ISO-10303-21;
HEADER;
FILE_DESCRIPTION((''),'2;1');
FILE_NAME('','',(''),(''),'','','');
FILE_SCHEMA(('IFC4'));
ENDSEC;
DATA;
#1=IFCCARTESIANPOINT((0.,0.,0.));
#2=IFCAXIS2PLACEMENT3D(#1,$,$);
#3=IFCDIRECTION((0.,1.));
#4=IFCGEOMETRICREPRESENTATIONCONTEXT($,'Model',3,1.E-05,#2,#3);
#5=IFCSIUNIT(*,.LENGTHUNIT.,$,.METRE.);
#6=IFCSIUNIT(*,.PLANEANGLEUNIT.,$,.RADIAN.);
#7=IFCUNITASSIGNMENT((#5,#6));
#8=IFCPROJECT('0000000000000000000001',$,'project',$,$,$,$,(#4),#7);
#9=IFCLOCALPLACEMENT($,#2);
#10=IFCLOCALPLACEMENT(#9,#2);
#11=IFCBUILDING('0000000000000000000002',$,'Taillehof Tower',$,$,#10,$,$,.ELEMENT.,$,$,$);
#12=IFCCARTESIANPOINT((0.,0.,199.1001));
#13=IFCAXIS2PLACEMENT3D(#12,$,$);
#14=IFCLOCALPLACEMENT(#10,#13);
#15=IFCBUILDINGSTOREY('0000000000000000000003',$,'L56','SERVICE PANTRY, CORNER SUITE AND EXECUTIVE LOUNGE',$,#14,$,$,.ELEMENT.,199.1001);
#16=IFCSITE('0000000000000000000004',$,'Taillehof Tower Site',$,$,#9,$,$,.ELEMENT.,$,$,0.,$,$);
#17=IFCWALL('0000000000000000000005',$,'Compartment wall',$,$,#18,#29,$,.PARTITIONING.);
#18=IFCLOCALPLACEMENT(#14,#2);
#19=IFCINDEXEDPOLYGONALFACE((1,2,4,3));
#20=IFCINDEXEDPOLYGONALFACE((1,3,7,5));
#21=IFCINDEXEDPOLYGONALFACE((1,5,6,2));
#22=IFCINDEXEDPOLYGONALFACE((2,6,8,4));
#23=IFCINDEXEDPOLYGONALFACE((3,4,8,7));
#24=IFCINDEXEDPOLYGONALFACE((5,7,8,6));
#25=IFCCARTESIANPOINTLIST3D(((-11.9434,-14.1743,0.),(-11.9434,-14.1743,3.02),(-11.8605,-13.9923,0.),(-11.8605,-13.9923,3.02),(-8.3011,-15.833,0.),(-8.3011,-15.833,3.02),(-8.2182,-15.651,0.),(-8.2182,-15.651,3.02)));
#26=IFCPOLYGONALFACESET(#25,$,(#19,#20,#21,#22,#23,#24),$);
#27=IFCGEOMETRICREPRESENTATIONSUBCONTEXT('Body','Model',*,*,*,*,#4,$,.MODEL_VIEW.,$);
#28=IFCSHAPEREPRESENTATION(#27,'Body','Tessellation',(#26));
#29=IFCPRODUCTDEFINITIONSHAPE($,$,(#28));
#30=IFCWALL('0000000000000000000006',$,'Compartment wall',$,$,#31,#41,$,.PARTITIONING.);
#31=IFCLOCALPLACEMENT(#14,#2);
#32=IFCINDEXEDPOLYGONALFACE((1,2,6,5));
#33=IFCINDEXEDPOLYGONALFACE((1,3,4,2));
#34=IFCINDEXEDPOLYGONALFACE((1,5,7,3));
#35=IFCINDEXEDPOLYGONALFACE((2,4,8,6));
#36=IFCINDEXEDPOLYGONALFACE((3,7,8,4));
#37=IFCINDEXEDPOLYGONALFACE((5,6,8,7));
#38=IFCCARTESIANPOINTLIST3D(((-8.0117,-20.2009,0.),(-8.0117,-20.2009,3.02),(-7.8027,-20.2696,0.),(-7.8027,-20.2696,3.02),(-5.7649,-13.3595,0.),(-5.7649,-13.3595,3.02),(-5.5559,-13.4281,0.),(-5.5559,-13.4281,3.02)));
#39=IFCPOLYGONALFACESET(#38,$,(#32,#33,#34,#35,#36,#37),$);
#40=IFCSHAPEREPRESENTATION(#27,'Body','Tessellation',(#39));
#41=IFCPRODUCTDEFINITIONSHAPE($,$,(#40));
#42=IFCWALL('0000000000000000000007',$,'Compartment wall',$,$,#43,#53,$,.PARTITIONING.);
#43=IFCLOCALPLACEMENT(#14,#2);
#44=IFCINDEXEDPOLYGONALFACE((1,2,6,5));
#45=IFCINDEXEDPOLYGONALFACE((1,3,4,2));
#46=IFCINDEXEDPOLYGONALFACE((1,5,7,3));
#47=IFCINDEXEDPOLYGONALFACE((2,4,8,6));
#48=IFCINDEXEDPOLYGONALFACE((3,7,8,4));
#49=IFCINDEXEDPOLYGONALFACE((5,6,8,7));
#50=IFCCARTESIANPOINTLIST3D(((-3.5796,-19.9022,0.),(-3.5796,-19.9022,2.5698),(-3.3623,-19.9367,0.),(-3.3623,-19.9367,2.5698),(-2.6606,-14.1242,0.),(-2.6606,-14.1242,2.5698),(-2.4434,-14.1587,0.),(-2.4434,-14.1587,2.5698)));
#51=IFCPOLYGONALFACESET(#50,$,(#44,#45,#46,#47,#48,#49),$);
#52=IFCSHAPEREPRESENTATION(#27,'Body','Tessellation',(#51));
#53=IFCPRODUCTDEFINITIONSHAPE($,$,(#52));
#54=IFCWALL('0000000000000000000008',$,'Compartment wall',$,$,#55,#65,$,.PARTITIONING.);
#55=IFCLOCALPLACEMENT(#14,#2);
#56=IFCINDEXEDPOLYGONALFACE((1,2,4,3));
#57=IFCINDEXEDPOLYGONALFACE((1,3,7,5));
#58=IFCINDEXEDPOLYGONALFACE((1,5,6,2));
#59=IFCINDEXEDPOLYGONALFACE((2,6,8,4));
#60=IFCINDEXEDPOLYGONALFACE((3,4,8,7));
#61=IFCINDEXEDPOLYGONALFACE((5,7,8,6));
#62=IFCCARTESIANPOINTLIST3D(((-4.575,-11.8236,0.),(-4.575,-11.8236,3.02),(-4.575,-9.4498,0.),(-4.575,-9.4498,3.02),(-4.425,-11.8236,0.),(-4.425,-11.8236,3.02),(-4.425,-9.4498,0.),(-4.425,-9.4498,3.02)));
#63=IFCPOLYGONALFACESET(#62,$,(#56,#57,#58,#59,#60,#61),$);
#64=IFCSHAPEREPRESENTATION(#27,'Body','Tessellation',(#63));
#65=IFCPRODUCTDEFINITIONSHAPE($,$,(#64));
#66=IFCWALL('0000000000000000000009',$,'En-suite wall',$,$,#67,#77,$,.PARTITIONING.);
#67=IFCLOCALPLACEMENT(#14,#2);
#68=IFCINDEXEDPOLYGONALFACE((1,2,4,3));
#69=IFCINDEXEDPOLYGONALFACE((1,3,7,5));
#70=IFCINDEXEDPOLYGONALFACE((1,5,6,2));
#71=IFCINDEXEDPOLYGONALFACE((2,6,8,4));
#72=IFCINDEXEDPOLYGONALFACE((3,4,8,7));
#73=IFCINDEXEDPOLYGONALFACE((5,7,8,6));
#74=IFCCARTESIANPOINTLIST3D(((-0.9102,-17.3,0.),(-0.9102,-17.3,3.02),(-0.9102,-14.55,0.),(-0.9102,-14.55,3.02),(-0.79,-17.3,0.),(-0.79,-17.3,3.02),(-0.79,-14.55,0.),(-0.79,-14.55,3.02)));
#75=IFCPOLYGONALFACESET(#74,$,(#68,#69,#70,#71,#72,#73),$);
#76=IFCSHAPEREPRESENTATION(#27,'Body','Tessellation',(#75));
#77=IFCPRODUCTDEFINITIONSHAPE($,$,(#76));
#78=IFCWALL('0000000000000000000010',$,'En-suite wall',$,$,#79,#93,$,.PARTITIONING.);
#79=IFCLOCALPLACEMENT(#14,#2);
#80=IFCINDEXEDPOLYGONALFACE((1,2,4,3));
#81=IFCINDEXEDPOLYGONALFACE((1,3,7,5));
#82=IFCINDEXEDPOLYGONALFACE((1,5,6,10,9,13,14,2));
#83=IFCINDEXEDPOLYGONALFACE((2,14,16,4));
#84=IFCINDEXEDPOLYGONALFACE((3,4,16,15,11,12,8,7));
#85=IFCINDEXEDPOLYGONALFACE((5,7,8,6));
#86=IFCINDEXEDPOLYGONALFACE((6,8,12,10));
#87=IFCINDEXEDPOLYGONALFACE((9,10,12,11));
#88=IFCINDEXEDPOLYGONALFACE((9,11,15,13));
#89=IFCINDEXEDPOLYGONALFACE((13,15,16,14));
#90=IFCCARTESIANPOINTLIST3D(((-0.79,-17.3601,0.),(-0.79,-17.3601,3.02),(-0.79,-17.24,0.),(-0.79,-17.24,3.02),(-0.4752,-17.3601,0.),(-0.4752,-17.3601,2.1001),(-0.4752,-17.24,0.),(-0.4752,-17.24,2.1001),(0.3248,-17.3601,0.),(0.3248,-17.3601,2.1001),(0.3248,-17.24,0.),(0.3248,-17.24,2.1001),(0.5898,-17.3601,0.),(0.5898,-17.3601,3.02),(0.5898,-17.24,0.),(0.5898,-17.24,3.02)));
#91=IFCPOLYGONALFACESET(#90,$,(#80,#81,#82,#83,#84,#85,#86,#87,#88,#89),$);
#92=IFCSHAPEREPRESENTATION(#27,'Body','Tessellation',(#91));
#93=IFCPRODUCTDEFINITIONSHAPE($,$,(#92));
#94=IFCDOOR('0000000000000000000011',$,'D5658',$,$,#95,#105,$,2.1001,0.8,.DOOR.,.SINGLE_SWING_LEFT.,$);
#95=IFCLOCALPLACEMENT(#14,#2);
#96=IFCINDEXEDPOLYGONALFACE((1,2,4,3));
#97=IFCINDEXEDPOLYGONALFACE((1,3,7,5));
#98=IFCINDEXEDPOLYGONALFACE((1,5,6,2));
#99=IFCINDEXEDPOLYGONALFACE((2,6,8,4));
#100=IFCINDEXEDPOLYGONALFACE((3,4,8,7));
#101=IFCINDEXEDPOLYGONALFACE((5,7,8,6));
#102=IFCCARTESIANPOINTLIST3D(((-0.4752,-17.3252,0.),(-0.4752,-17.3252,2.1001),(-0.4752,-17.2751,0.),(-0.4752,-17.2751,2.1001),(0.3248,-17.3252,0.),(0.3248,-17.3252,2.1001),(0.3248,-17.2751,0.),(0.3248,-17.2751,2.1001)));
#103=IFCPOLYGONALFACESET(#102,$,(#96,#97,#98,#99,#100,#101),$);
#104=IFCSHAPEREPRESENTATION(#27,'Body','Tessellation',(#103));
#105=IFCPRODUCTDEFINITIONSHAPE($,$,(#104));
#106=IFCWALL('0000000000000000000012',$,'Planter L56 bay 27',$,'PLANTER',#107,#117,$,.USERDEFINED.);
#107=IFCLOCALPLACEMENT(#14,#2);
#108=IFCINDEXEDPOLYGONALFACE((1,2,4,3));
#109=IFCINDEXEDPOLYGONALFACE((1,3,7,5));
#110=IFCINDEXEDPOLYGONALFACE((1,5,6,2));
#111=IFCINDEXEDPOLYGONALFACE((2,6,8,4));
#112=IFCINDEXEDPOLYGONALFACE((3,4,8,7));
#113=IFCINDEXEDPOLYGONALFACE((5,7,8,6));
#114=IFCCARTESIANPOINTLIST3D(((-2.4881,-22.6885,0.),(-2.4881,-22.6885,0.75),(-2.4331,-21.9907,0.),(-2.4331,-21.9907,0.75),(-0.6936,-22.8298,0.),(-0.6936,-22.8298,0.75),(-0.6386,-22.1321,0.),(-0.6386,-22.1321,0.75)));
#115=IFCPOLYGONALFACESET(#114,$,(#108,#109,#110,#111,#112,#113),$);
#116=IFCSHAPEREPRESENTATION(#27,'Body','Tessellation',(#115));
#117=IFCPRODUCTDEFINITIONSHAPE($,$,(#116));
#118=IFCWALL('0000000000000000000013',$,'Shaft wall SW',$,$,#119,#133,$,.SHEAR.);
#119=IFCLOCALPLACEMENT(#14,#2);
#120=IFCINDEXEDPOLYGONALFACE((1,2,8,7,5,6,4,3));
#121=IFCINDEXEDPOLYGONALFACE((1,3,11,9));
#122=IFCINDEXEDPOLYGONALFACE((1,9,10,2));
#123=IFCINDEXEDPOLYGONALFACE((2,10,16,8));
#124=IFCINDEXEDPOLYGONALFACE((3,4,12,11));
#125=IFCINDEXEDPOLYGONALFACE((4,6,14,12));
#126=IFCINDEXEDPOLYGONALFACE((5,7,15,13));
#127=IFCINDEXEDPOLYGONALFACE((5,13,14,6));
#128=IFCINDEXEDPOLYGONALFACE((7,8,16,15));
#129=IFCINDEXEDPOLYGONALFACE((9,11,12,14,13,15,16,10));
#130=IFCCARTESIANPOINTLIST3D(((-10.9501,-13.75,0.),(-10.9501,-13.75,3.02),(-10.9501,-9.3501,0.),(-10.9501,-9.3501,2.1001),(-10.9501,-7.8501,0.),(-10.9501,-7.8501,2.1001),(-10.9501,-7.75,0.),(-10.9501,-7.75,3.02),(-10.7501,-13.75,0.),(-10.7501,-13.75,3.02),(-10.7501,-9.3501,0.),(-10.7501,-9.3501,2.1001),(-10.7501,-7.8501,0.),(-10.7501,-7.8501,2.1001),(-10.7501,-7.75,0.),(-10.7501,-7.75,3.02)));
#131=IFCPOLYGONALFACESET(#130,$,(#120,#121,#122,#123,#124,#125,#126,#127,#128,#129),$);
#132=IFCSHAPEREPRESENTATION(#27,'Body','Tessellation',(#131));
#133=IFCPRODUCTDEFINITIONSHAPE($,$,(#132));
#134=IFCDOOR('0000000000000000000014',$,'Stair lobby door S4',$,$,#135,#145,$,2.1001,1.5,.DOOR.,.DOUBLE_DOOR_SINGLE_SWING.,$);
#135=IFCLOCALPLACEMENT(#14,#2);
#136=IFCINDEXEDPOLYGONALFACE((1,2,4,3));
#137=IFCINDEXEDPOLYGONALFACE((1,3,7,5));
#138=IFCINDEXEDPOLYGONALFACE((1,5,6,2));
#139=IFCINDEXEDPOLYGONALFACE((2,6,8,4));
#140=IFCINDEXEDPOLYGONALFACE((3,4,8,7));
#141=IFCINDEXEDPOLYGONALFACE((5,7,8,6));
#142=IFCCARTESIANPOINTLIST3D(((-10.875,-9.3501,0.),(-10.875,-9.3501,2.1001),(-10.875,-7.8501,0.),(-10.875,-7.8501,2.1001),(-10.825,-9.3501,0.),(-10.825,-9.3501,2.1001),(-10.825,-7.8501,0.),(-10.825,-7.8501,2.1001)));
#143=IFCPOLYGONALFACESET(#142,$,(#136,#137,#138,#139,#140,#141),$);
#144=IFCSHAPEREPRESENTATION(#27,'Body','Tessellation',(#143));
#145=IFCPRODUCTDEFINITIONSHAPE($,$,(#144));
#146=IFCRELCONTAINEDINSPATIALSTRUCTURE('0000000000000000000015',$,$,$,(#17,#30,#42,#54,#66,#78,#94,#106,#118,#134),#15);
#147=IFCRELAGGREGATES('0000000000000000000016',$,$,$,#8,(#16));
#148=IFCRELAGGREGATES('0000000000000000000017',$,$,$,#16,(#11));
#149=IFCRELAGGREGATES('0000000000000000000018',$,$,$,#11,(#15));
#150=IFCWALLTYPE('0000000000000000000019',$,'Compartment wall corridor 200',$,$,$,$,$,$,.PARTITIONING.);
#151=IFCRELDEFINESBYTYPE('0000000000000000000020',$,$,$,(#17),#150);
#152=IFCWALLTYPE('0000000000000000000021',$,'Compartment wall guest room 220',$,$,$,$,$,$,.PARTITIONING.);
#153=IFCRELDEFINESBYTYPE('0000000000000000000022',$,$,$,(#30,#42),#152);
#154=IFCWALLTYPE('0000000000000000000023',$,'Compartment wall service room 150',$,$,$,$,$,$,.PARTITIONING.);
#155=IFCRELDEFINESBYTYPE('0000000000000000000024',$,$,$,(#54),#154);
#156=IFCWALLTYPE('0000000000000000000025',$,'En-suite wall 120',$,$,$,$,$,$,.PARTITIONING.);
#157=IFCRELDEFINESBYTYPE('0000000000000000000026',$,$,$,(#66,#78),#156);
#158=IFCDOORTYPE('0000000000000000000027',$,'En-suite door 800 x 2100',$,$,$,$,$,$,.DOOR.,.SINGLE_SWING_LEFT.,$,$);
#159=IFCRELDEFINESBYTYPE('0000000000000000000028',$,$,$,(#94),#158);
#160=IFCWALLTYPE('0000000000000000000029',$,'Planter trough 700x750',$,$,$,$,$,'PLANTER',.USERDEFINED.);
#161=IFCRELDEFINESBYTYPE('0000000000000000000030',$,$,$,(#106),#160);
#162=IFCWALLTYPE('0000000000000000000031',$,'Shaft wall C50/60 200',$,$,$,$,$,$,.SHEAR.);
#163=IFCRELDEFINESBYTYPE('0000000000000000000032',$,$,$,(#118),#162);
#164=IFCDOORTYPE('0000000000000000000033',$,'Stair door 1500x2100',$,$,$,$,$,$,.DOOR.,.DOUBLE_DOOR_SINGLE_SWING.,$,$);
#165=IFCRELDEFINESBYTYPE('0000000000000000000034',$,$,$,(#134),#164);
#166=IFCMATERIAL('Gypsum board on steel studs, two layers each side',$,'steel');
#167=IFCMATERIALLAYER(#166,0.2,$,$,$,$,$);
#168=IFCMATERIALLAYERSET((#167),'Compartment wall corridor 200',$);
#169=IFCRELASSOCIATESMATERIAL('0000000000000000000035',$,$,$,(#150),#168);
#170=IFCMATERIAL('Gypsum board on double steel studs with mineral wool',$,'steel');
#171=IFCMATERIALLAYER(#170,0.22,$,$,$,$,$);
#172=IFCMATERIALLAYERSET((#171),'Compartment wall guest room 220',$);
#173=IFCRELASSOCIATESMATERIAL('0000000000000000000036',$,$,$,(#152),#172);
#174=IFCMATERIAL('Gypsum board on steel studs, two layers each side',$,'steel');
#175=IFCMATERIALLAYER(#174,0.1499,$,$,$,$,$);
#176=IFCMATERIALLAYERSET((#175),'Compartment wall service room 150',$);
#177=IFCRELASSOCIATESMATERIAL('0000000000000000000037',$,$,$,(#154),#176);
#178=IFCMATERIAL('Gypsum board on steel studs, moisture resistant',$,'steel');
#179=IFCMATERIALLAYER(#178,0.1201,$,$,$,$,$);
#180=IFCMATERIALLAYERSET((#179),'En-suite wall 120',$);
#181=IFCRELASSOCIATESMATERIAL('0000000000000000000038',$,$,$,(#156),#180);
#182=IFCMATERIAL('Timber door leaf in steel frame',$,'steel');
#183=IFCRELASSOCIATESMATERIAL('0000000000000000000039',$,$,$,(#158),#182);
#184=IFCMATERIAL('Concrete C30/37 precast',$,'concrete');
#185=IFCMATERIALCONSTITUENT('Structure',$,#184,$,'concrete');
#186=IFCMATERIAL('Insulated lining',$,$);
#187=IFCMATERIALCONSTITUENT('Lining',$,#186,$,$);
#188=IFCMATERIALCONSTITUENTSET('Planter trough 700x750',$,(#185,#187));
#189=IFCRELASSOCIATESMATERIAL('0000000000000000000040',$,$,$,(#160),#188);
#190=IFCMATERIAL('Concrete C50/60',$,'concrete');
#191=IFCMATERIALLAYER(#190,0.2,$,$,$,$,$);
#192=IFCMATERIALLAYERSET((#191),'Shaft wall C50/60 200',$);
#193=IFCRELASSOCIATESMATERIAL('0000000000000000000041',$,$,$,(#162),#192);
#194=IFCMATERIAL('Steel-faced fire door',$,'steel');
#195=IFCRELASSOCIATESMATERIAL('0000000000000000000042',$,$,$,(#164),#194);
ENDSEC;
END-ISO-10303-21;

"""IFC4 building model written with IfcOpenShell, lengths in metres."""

from ifc_helpers import new_model, si_unit, direction, frame, frame_2d, origin, place, context, subcontext, project, spatial, rectangle, extrude, material, layer, layer_set, constituent, constituent_set, type_object, element, fill, save


model = new_model("IFC4")

# Units and contexts
model_context = context("Model", 3, precision=1e-05, world=origin(), true_north=direction((0.0, 1.0)))
body_context = subcontext(model_context, "Body", "Model", "MODEL_VIEW")
ifc_project = project(units=[si_unit("LENGTHUNIT", "METRE"), si_unit("PLANEANGLEUNIT", "RADIAN")], contexts=[model_context])

# Site, building, storey
site_placement = place(None, origin())
site = spatial("IfcSite", under=ifc_project, at=site_placement, Name="Taillehof Tower Site", CompositionType="ELEMENT", RefElevation=0.0)
building_placement = place(site_placement, origin())
building = spatial("IfcBuilding", under=site, at=building_placement, Name="Taillehof Tower", CompositionType="ELEMENT")
storey_placement = place(building_placement, frame((0.0, 0.0, 199.1001)))
storey = spatial("IfcBuildingStorey", under=building, at=storey_placement, Name="L56", Description="SERVICE PANTRY, CORNER SUITE AND EXECUTIVE LOUNGE", CompositionType="ELEMENT", Elevation=199.1001)

# Walls
ifc_material_1 = material(Name="Gypsum board on steel studs, two layers each side", Category="steel")
ifc_layer_1 = layer(ifc_material_1, 0.2)
ifc_layer_set_1 = layer_set([ifc_layer_1], Name="Compartment wall corridor 200")
wall_type_1 = type_object("IfcWallType", Name="Compartment wall corridor 200", PredefinedType="PARTITIONING", material=ifc_layer_set_1)
wall_1_placement = place(storey_placement, frame((-8.2598, -15.7419, 0.0), z_axis=(0.0, 0.0, 1.0), x_axis=(-0.910076, 0.414442, 0.0)))
element("IfcWall", 1, at=wall_1_placement, inside=storey, type_object=wall_type_1, Name="Compartment wall", PredefinedType="PARTITIONING", context=body_context, shape_type="SweptSolid", body=[
    extrude(rectangle(XDim=4.0022, YDim=0.2, at=frame_2d((2.001, 0.0))), origin(), (0.0, 0.0, 1.0), 3.02),
])
ifc_material_2 = material(Name="Gypsum board on double steel studs with mineral wool", Category="steel")
ifc_layer_2 = layer(ifc_material_2, 0.22)
ifc_layer_set_2 = layer_set([ifc_layer_2], Name="Compartment wall guest room 220")
wall_type_2 = type_object("IfcWallType", Name="Compartment wall guest room 220", PredefinedType="PARTITIONING", material=ifc_layer_set_2)
wall_2_placement = place(storey_placement, frame((-7.9072, -20.2354, 0.0), z_axis=(0.0, 0.0, 1.0), x_axis=(0.312014, 0.950078, 0.0)))
element("IfcWall", 2, at=wall_2_placement, inside=storey, type_object=wall_type_2, Name="Compartment wall", PredefinedType="PARTITIONING", context=body_context, shape_type="SweptSolid", body=[
    extrude(rectangle(XDim=7.2009, YDim=0.22, at=frame_2d((3.6006, 0.0))), origin(), (0.0, 0.0, 1.0), 3.02),
])
wall_3_placement = place(storey_placement, frame((-3.4709, -19.9194, 0.0), z_axis=(0.0, 0.0, 1.0), x_axis=(0.157066, 0.987588, 0.0)))
element("IfcWall", 3, at=wall_3_placement, inside=storey, type_object=wall_type_2, Name="Compartment wall", PredefinedType="PARTITIONING", context=body_context, shape_type="SweptSolid", body=[
    extrude(rectangle(XDim=5.8506, YDim=0.22, at=frame_2d((2.9253, 0.0))), origin(), (0.0, 0.0, 1.0), 2.5698),
])
ifc_material_3 = material(Name="Gypsum board on steel studs, two layers each side", Category="steel")
ifc_layer_3 = layer(ifc_material_3, 0.1499)
ifc_layer_set_3 = layer_set([ifc_layer_3], Name="Compartment wall service room 150")
wall_type_3 = type_object("IfcWallType", Name="Compartment wall service room 150", PredefinedType="PARTITIONING", material=ifc_layer_set_3)
wall_4_placement = place(storey_placement, frame((-4.5, -11.8237, 0.0), z_axis=(0.0, 0.0, 1.0), x_axis=(0.0, 1.0, 0.0)))
element("IfcWall", 4, at=wall_4_placement, inside=storey, type_object=wall_type_3, Name="Compartment wall", PredefinedType="PARTITIONING", context=body_context, shape_type="SweptSolid", body=[
    extrude(rectangle(XDim=2.3738, YDim=0.1499, at=frame_2d((1.187, 0.0))), origin(), (0.0, 0.0, 1.0), 3.02),
])
ifc_material_4 = material(Name="Gypsum board on steel studs, moisture resistant", Category="steel")
ifc_layer_4 = layer(ifc_material_4, 0.1201)
ifc_layer_set_4 = layer_set([ifc_layer_4], Name="En-suite wall 120")
wall_type_4 = type_object("IfcWallType", Name="En-suite wall 120", PredefinedType="PARTITIONING", material=ifc_layer_set_4)
wall_5_placement = place(storey_placement, frame((-0.8501, -14.55, 0.0), z_axis=(0.0, 0.0, 1.0), x_axis=(0.0, -1.0, 0.0)))
element("IfcWall", 5, at=wall_5_placement, inside=storey, type_object=wall_type_4, Name="En-suite wall", PredefinedType="PARTITIONING", context=body_context, shape_type="SweptSolid", body=[
    extrude(rectangle(XDim=2.75, YDim=0.1201, at=frame_2d((1.375, 0.0))), origin(), (0.0, 0.0, 1.0), 3.02),
])

# Wall, opening, door
wall_6_placement = place(storey_placement, frame((-0.79, -17.3, 0.0), z_axis=(0.0, 0.0, 1.0), x_axis=(1.0, 0.0, 0.0)))
wall_6 = element("IfcWall", 6, at=wall_6_placement, inside=storey, type_object=wall_type_4, Name="En-suite wall", PredefinedType="PARTITIONING", context=body_context, shape_type="SweptSolid", body=[
    extrude(rectangle(XDim=1.3799, YDim=0.1201, at=frame_2d((0.6899, 0.0))), origin(), (0.0, 0.0, 1.0), 3.02),
])
opening_1_placement = place(wall_6_placement, frame((0.3149, 0.0, 0.0)))
opening_1 = element("IfcOpeningElement", 7, at=opening_1_placement, cuts=wall_6, PredefinedType="OPENING", context=body_context, shape_type="SweptSolid", body=[
    extrude(rectangle(XDim=0.8, YDim=2.1001, at=frame_2d((0.3999, 1.05))), frame((0.0, 0.0701, 0.0), z_axis=(0.0, -1.0, 0.0), x_axis=(1.0, 0.0, 0.0)), (0.0, 0.0, 1.0), 0.1401),
])
ifc_material_5 = material(Name="Timber door leaf in steel frame", Category="steel")
door_type_1 = type_object("IfcDoorType", Name="En-suite door 800 x 2100", OperationType="SINGLE_SWING_LEFT", PredefinedType="DOOR", material=ifc_material_5)
door_1_placement = place(opening_1_placement, origin())
door_1 = element("IfcDoor", 8, at=door_1_placement, inside=storey, type_object=door_type_1, Name="D5658", OperationType="SINGLE_SWING_LEFT", OverallHeight=2.1001, OverallWidth=0.8, PredefinedType="DOOR", context=body_context, shape_type="SweptSolid", body=[
    extrude(rectangle(XDim=0.8, YDim=2.1001, at=frame_2d((0.3999, 1.05))), frame((0.0, 0.0249, 0.0), z_axis=(0.0, -1.0, 0.0), x_axis=(1.0, 0.0, 0.0)), (0.0, 0.0, 1.0), 0.05),
])
fill(opening_1, door_1)

# Wall
ifc_material_6 = material(Name="Concrete C30/37 precast", Category="concrete")
ifc_constituent_1 = constituent(ifc_material_6, Name="Structure", Category="concrete")
ifc_material_7 = material(Name="Insulated lining")
ifc_constituent_2 = constituent(ifc_material_7, Name="Lining")
ifc_constituent_set = constituent_set(constituents=[ifc_constituent_1, ifc_constituent_2], Name="Planter trough 700x750")
wall_type_5 = type_object("IfcWallType", Name="Planter trough 700x750", ElementType="PLANTER", PredefinedType="USERDEFINED", material=ifc_constituent_set)
wall_7_placement = place(storey_placement, frame((-2.4604, -22.3396, 0.0), z_axis=(0.0, 0.0, 1.0), x_axis=(0.996912, -0.078532, 0.0)))
element("IfcWall", 9, at=wall_7_placement, inside=storey, type_object=wall_type_5, Name="Planter L56 bay 27", ObjectType="PLANTER", PredefinedType="USERDEFINED", context=body_context, shape_type="SweptSolid", body=[
    extrude(rectangle(XDim=1.8, YDim=0.7, at=frame_2d((0.8999, 0.0))), origin(), (0.0, 0.0, 1.0), 0.75),
])

# Wall, opening, door
ifc_material_8 = material(Name="Concrete C50/60", Category="concrete")
ifc_layer_5 = layer(ifc_material_8, 0.2)
ifc_layer_set_5 = layer_set([ifc_layer_5], Name="Shaft wall C50/60 200")
wall_type_6 = type_object("IfcWallType", Name="Shaft wall C50/60 200", PredefinedType="SHEAR", material=ifc_layer_set_5)
wall_8_placement = place(storey_placement, frame((-10.8501, -13.75, 0.0), z_axis=(0.0, 0.0, 1.0), x_axis=(0.0, 1.0, 0.0)))
wall_8 = element("IfcWall", 10, at=wall_8_placement, inside=storey, type_object=wall_type_6, Name="Shaft wall SW", PredefinedType="SHEAR", context=body_context, shape_type="SweptSolid", body=[
    extrude(rectangle(XDim=6.0, YDim=0.2, at=frame_2d((3.0, 0.0))), origin(), (0.0, 0.0, 1.0), 3.02),
])
opening_2_placement = place(wall_8_placement, frame((4.3999, 0.0, 0.0)))
opening_2 = element("IfcOpeningElement", 11, at=opening_2_placement, cuts=wall_8, PredefinedType="OPENING", context=body_context, shape_type="SweptSolid", body=[
    extrude(rectangle(XDim=1.5, YDim=2.1001, at=frame_2d((0.75, 1.05))), frame((0.0, 0.1099, 0.0), z_axis=(0.0, -1.0, 0.0), x_axis=(1.0, 0.0, 0.0)), (0.0, 0.0, 1.0), 0.22),
])
ifc_material_9 = material(Name="Steel-faced fire door", Category="steel")
door_type_2 = type_object("IfcDoorType", Name="Stair door 1500x2100", OperationType="DOUBLE_DOOR_SINGLE_SWING", PredefinedType="DOOR", material=ifc_material_9)
door_2_placement = place(opening_2_placement, origin())
door_2 = element("IfcDoor", 12, at=door_2_placement, inside=storey, type_object=door_type_2, Name="Stair lobby door S4", OperationType="DOUBLE_DOOR_SINGLE_SWING", OverallHeight=2.1001, OverallWidth=1.5, PredefinedType="DOOR", context=body_context, shape_type="SweptSolid", body=[
    extrude(rectangle(XDim=1.5, YDim=2.1001, at=frame_2d((0.75, 1.05))), frame((0.0, 0.0249, 0.0), z_axis=(0.0, -1.0, 0.0), x_axis=(1.0, 0.0, 0.0)), (0.0, 0.0, 1.0), 0.05),
])
fill(opening_2, door_2)

save(model, "model.ifc")
